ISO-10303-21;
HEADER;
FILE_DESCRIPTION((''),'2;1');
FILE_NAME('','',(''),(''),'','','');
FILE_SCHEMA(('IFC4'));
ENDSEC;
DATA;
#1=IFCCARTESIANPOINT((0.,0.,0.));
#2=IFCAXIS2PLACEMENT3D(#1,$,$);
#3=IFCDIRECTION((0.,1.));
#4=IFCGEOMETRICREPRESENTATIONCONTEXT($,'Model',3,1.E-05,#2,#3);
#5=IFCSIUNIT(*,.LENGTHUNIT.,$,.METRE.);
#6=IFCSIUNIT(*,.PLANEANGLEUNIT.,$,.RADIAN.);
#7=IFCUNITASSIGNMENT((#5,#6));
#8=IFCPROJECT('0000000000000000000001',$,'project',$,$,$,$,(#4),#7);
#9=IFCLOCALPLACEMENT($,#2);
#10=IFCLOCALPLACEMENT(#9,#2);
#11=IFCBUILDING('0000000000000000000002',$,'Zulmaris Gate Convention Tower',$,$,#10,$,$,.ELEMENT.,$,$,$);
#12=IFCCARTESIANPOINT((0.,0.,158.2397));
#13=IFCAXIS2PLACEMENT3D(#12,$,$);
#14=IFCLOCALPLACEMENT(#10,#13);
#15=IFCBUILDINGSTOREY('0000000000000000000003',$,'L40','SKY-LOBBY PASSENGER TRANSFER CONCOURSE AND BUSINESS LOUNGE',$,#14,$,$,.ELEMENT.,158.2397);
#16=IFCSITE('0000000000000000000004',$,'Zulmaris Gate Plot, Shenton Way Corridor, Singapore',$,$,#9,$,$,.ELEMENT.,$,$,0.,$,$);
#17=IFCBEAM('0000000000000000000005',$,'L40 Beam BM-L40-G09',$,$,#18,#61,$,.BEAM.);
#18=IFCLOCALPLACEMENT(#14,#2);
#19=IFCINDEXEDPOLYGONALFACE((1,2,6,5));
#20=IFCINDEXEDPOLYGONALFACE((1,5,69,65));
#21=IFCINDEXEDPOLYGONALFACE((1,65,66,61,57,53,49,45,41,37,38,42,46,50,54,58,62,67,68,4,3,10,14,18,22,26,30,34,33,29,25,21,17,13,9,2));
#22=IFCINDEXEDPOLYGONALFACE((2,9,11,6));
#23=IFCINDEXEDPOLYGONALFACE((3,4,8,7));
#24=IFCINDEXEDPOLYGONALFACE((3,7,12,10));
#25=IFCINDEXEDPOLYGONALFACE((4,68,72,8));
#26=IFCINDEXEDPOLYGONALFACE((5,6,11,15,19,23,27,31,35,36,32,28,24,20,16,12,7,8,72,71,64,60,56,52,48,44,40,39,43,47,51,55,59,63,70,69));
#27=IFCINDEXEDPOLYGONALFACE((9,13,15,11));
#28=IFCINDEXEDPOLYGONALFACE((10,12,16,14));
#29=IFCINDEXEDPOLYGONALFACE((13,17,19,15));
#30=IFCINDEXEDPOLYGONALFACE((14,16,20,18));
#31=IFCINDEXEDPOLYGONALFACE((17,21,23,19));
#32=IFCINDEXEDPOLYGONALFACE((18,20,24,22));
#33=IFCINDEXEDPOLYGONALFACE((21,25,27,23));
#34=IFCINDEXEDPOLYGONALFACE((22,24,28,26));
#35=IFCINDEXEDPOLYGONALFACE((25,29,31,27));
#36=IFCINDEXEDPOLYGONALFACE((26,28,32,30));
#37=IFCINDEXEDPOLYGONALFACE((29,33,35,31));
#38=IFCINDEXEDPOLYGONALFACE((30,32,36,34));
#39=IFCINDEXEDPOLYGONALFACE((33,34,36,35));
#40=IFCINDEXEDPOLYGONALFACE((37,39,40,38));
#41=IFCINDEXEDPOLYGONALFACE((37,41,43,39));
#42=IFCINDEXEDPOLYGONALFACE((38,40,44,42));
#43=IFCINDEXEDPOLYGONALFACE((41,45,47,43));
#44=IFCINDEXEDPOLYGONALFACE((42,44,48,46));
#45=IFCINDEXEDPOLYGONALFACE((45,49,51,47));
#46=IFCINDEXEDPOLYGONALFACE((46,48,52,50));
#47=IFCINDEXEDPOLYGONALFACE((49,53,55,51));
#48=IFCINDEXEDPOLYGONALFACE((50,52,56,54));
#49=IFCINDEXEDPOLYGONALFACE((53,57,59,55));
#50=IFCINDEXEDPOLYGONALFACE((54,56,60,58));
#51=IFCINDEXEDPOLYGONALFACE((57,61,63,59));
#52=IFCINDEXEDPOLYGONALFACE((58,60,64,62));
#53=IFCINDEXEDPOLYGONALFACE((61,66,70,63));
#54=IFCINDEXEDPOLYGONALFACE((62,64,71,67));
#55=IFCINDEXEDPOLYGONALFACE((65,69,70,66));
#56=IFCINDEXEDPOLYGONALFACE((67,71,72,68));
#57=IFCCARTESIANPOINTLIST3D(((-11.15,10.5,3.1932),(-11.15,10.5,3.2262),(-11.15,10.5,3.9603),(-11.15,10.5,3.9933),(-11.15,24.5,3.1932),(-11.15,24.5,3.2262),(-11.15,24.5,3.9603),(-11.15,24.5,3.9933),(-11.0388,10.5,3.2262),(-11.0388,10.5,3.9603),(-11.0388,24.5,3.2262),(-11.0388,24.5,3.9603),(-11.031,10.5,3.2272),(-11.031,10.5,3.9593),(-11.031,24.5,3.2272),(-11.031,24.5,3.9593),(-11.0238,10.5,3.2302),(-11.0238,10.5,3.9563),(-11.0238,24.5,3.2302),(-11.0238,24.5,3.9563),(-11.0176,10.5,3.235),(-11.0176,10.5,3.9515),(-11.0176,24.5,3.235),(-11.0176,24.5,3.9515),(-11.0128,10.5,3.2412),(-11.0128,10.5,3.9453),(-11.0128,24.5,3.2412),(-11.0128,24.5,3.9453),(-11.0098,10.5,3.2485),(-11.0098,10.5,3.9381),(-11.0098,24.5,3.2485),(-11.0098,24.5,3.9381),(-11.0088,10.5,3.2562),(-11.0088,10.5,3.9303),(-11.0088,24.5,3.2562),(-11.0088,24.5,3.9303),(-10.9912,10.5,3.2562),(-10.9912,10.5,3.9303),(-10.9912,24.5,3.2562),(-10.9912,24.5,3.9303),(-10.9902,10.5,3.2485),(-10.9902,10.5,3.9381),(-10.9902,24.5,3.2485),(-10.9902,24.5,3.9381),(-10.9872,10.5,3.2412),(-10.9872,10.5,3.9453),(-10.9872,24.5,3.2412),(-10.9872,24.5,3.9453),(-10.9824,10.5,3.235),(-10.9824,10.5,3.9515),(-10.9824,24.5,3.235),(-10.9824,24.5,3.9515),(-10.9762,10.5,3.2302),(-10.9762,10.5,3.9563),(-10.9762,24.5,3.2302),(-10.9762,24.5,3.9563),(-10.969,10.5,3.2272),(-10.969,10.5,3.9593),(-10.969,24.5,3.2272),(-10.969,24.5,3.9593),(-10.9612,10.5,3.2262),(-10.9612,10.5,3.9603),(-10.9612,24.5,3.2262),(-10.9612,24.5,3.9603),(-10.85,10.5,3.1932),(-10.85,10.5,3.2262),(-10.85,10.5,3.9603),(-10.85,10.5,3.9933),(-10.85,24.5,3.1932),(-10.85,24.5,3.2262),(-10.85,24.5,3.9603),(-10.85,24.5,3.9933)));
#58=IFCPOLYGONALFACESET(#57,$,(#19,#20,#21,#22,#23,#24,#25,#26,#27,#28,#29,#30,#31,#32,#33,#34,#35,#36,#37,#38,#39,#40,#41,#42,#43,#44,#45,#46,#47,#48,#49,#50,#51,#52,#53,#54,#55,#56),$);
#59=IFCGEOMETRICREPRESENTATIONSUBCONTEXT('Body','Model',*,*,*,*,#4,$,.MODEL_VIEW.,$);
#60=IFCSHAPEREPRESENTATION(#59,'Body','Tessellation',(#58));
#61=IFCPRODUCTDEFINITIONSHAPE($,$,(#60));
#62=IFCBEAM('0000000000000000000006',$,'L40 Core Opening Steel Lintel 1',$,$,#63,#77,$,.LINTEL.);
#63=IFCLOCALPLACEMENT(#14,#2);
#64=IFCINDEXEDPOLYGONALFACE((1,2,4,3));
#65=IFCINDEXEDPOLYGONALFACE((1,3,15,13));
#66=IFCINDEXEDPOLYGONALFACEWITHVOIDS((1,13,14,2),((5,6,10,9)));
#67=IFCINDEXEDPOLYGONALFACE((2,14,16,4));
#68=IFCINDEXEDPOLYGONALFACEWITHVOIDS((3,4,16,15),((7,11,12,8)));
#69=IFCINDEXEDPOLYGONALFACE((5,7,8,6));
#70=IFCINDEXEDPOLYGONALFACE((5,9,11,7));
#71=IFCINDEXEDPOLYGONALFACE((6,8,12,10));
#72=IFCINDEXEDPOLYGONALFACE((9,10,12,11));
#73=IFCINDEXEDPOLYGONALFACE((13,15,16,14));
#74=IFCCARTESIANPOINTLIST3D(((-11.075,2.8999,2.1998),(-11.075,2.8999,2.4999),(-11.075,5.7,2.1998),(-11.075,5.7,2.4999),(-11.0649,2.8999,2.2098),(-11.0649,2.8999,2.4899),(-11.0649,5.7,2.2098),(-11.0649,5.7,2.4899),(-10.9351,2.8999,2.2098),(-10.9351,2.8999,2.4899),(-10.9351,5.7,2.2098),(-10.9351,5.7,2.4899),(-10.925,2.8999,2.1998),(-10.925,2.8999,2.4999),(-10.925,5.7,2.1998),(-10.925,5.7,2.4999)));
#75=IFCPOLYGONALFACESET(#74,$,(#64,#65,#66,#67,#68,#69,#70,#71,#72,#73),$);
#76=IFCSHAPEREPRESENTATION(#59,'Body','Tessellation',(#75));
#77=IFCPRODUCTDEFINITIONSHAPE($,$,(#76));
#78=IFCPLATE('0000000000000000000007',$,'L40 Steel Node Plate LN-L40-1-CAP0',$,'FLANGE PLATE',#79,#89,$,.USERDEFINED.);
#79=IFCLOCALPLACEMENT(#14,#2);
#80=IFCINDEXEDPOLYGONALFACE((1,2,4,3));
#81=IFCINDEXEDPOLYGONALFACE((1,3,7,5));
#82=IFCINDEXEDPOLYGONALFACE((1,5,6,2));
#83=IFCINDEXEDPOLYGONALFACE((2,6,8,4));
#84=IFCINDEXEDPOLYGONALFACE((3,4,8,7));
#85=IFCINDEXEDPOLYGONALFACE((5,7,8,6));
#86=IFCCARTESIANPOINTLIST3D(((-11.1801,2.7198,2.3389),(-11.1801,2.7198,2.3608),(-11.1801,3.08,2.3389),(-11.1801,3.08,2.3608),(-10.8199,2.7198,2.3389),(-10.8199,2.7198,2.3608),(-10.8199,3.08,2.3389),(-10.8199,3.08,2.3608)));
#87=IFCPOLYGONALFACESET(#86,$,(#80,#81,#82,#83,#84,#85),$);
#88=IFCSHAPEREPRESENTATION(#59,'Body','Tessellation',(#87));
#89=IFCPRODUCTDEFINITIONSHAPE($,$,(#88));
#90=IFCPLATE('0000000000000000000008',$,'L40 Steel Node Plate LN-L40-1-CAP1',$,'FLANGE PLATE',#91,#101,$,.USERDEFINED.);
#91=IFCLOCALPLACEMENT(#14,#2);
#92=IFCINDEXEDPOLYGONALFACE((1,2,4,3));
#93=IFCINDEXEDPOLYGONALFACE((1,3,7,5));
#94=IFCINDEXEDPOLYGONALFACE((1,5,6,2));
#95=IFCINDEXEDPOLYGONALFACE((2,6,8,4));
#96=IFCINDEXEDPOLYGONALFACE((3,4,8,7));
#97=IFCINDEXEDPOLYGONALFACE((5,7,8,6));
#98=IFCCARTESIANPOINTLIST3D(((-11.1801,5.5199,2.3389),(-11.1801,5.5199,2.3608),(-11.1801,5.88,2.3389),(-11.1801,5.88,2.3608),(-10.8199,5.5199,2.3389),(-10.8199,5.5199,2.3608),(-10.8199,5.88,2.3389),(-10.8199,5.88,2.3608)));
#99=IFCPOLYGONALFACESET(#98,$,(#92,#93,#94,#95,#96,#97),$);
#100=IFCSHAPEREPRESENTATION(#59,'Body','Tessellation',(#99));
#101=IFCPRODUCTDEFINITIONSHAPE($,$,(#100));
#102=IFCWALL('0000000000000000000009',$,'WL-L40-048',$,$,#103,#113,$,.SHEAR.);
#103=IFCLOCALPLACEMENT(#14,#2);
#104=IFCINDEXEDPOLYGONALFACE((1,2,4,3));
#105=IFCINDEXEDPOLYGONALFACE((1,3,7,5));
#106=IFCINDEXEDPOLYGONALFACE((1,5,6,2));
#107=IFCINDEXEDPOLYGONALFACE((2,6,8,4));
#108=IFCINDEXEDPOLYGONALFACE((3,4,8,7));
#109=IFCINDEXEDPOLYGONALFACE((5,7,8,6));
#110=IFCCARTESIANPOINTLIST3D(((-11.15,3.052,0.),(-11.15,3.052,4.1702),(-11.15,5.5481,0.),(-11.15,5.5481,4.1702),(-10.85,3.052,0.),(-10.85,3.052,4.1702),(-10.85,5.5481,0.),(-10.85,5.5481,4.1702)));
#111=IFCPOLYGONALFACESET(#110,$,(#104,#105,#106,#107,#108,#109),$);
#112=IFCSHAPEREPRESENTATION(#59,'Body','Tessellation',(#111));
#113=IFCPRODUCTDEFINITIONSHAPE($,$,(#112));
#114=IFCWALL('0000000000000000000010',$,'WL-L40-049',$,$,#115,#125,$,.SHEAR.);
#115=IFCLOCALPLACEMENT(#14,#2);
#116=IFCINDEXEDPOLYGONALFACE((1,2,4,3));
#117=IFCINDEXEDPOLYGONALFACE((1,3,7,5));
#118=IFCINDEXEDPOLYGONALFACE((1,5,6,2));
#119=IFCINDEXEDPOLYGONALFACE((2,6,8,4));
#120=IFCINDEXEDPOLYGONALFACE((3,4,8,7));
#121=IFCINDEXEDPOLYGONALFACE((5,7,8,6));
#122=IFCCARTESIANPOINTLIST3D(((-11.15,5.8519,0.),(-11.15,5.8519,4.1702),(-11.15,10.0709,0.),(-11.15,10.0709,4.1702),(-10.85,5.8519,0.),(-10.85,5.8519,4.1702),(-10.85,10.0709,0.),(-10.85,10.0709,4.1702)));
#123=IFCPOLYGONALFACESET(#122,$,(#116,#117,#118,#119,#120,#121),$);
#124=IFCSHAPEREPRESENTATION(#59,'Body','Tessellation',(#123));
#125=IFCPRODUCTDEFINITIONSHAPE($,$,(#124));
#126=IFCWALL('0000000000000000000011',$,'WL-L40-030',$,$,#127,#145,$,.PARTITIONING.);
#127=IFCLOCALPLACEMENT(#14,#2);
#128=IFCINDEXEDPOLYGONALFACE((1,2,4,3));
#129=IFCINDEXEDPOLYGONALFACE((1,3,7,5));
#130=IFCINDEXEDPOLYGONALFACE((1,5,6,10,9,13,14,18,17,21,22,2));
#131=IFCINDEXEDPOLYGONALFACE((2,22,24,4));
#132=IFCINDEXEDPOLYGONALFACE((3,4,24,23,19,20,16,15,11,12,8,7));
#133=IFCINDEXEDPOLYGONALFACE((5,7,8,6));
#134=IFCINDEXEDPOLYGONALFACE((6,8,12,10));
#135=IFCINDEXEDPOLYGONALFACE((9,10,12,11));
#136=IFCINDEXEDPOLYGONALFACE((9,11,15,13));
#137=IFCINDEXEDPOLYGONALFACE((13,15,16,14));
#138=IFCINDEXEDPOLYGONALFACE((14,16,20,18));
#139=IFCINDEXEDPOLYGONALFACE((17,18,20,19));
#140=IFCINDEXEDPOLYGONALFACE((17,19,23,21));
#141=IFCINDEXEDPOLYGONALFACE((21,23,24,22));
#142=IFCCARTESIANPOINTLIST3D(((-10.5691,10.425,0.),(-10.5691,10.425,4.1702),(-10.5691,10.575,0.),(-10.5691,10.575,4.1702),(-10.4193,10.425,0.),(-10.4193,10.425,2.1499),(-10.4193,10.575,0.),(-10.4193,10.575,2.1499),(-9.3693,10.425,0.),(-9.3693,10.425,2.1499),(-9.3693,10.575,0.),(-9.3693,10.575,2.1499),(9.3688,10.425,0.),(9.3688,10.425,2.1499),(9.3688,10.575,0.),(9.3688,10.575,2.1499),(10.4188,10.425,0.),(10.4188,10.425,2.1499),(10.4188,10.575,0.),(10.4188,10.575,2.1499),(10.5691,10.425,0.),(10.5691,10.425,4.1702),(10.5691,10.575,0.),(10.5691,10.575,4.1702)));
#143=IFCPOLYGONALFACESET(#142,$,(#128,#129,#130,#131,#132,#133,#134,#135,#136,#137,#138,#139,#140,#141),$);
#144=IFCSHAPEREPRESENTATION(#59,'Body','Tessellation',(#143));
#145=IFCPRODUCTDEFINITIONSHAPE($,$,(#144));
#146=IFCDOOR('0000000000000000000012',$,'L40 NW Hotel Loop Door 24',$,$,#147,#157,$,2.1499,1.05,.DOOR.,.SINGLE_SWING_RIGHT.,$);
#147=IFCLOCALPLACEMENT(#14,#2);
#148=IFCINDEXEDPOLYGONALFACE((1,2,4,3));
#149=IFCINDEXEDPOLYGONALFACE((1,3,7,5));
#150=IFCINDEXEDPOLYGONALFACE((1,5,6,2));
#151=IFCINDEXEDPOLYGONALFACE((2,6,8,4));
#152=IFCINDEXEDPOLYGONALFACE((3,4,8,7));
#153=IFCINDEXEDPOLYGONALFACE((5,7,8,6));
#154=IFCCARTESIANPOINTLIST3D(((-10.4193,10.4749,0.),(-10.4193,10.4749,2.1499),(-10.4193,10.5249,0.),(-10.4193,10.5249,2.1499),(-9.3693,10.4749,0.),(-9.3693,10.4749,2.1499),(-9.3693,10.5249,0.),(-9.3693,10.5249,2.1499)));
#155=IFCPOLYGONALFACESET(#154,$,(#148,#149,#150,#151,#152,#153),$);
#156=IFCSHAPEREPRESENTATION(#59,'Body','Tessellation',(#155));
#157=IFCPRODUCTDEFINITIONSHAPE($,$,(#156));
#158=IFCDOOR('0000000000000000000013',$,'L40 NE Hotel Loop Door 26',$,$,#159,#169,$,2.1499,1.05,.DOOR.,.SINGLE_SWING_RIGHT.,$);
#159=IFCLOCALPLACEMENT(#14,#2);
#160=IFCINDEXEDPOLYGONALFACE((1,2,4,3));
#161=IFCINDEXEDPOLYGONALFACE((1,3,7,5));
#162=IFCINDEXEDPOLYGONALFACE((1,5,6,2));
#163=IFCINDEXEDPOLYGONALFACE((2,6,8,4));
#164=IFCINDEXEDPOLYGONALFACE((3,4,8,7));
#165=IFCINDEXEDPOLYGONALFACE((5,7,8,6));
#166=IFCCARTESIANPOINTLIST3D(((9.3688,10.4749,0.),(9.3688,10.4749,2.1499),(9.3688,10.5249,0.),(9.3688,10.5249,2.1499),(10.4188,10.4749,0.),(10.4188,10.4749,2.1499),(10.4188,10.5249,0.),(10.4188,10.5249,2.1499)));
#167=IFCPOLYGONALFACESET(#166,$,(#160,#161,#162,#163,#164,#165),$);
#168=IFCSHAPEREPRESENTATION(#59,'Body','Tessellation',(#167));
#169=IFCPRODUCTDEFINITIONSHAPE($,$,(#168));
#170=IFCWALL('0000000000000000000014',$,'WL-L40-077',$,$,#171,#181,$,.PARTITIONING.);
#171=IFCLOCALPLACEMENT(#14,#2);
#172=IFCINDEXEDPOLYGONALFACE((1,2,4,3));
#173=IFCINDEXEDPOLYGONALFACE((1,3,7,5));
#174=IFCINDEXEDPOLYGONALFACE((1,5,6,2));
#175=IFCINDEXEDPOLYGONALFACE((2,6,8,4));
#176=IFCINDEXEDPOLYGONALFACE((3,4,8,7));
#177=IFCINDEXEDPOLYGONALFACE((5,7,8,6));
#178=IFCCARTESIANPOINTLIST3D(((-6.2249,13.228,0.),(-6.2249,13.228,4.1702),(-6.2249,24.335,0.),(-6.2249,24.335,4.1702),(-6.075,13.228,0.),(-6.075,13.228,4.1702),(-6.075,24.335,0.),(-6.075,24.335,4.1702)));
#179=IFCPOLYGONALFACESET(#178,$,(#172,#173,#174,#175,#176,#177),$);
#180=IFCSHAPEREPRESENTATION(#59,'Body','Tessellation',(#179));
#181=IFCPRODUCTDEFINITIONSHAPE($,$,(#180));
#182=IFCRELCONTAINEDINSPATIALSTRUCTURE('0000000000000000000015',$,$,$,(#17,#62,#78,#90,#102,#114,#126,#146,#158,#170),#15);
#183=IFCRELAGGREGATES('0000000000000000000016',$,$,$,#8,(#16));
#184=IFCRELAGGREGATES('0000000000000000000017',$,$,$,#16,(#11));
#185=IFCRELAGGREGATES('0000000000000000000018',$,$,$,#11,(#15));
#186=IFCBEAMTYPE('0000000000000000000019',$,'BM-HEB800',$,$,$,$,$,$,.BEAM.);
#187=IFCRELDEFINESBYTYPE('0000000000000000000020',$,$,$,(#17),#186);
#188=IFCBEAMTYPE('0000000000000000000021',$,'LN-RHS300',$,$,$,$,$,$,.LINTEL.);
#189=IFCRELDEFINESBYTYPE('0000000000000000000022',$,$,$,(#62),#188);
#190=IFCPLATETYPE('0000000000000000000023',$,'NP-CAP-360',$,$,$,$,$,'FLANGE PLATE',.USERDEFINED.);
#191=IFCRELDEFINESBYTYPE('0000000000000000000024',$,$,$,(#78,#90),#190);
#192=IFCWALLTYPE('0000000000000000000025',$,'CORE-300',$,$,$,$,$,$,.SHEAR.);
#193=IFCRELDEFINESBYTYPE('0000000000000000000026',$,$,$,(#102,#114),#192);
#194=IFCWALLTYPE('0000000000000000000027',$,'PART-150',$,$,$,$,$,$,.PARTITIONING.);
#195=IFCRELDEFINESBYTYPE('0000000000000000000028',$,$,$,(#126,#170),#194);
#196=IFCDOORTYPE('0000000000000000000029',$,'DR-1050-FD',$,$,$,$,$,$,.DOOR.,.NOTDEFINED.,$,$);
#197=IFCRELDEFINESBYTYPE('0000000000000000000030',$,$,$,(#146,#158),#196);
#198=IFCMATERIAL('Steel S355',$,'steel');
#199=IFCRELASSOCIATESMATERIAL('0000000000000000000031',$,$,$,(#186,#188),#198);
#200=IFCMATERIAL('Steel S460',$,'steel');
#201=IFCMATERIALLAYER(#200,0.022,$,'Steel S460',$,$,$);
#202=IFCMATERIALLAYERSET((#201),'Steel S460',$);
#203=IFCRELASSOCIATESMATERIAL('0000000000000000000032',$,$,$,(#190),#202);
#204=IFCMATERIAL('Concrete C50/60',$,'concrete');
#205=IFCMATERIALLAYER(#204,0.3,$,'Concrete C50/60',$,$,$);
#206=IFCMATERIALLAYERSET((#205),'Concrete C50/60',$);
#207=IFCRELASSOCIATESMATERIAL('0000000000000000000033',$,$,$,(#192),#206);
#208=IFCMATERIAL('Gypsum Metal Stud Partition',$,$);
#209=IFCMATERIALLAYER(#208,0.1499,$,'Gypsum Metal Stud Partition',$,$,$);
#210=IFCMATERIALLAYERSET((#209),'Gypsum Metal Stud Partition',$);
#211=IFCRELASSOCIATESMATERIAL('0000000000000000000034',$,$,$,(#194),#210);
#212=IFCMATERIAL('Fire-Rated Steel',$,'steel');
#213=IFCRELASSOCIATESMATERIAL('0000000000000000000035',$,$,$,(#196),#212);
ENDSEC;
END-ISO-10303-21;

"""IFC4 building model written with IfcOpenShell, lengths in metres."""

from ifc_helpers import new_model, si_unit, direction, frame, frame_2d, origin, origin_2d, place, context, subcontext, project, spatial, rectangle, hollow_rectangle, i_section, extrude, material, layer, layer_set, material_profile, profile_set, type_object, element, fill, save


model = new_model("IFC4")

# Units and contexts
model_context = context("Model", 3, precision=1e-05, world=origin(), true_north=direction((0.0, 1.0)))
body_context = subcontext(model_context, "Body", "Model", "MODEL_VIEW")
ifc_project = project(units=[si_unit("LENGTHUNIT", "METRE"), si_unit("PLANEANGLEUNIT", "RADIAN")], contexts=[model_context])

# Site, building, storey
site_placement = place(None, origin())
site = spatial("IfcSite", under=ifc_project, at=site_placement, Name="Zulmaris Gate Plot, Shenton Way Corridor, Singapore", CompositionType="ELEMENT", RefElevation=0.0)
building_placement = place(site_placement, origin())
building = spatial("IfcBuilding", under=site, at=building_placement, Name="Zulmaris Gate Convention Tower", CompositionType="ELEMENT")
storey_placement = place(building_placement, frame((0.0, 0.0, 158.2397)))
storey = spatial("IfcBuildingStorey", under=building, at=storey_placement, Name="L40", Description="SKY-LOBBY PASSENGER TRANSFER CONCOURSE AND BUSINESS LOUNGE", CompositionType="ELEMENT", Elevation=158.2397)

# Beams
ifc_material_1 = material(Name="Steel S355", Category="steel")
ifc_material_profile_1 = material_profile(ifc_material_1, i_section(OverallWidth=0.3, OverallDepth=0.8, WebThickness=0.0176, FlangeThickness=0.033, FilletRadius=0.03, at=origin_2d()), Name="HEB 800")
ifc_profile_set_1 = profile_set([ifc_material_profile_1], Name="Steel S355")
beam_type_1 = type_object("IfcBeamType", Name="BM-HEB800", PredefinedType="BEAM", material=ifc_profile_set_1)
beam_1_placement = place(storey_placement, frame((-11.0, 10.5, 3.5933), z_axis=(0.0, 1.0, 0.0), x_axis=(-1.0, 0.0, 0.0)))
element("IfcBeam", 1, at=beam_1_placement, inside=storey, type_object=beam_type_1, Name="L40 Beam BM-L40-G09", PredefinedType="BEAM", context=body_context, shape_type="SweptSolid", body=[
    extrude(i_section(OverallWidth=0.3, OverallDepth=0.8, WebThickness=0.0176, FlangeThickness=0.033, FilletRadius=0.03, at=origin_2d()), origin(), (0.0, 0.0, 1.0), 14.0),
])
ifc_material_profile_2 = material_profile(ifc_material_1, hollow_rectangle(XDim=0.1499, YDim=0.3, WallThickness=0.01, at=origin_2d()), Name="RHS 300x150x10")
ifc_profile_set_2 = profile_set([ifc_material_profile_2], Name="Steel S355")
beam_type_2 = type_object("IfcBeamType", Name="LN-RHS300", PredefinedType="LINTEL", material=ifc_profile_set_2)
beam_2_placement = place(storey_placement, frame((-11.0, 2.8999, 2.3499), z_axis=(0.0, 1.0, 0.0), x_axis=(-1.0, 0.0, 0.0)))
element("IfcBeam", 2, at=beam_2_placement, inside=storey, type_object=beam_type_2, Name="L40 Core Opening Steel Lintel 1", PredefinedType="LINTEL", context=body_context, shape_type="SweptSolid", body=[
    extrude(hollow_rectangle(XDim=0.1499, YDim=0.3, WallThickness=0.01, at=origin_2d()), origin(), (0.0, 0.0, 1.0), 2.8),
])

# Plates
ifc_material_2 = material(Name="Steel S460", Category="steel")
ifc_layer_1 = layer(ifc_material_2, 0.022, Name="Steel S460")
ifc_layer_set_1 = layer_set([ifc_layer_1], Name="Steel S460")
plate_type = type_object("IfcPlateType", Name="NP-CAP-360", ElementType="FLANGE PLATE", PredefinedType="USERDEFINED", material=ifc_layer_set_1)
for number, where, z_axis, x_axis, name in (
    (3, (-11.0, 2.8999, 2.3389), (0.0, 0.0, 1.0), (1.0, 0.0, 0.0), "L40 Steel Node Plate LN-L40-1-CAP0"),
    (4, (-11.0, 5.7, 2.3389), (0.0, 0.0, 1.0), (1.0, 0.0, 0.0), "L40 Steel Node Plate LN-L40-1-CAP1"),
):
    element("IfcPlate", number, at=place(storey_placement, frame(where, z_axis=z_axis, x_axis=x_axis)), inside=storey, type_object=plate_type, Name=name, ObjectType="FLANGE PLATE", PredefinedType="USERDEFINED", context=body_context, shape_type="SweptSolid", body=[
        extrude(rectangle(XDim=0.3601, YDim=0.3601, at=origin_2d()), origin(), (0.0, 0.0, 1.0), 0.022),
    ])

# Shared definitions
ifc_material_3 = material(Name="Concrete C50/60", Category="concrete")
ifc_layer_2 = layer(ifc_material_3, 0.3, Name="Concrete C50/60")
ifc_layer_set_2 = layer_set([ifc_layer_2], Name="Concrete C50/60")
wall_type_1 = type_object("IfcWallType", Name="CORE-300", PredefinedType="SHEAR", material=ifc_layer_set_2)
ifc_material_4 = material(Name="Fire-Rated Steel", Category="steel")

# Walls
wall_1_placement = place(storey_placement, frame((-11.0, 3.052, 0.0), z_axis=(0.0, 0.0, 1.0), x_axis=(0.0, 1.0, 0.0)))
element("IfcWall", 5, at=wall_1_placement, inside=storey, type_object=wall_type_1, Name="WL-L40-048", PredefinedType="SHEAR", context=body_context, shape_type="SweptSolid", body=[
    extrude(rectangle(XDim=2.4961, YDim=0.3, at=frame_2d((1.248, 0.0))), origin(), (0.0, 0.0, 1.0), 4.1702),
])
wall_2_placement = place(storey_placement, frame((-11.0, 5.8521, 0.0), z_axis=(0.0, 0.0, 1.0), x_axis=(0.0, 1.0, 0.0)))
element("IfcWall", 6, at=wall_2_placement, inside=storey, type_object=wall_type_1, Name="WL-L40-049", PredefinedType="SHEAR", context=body_context, shape_type="SweptSolid", body=[
    extrude(rectangle(XDim=4.219, YDim=0.3, at=frame_2d((2.1094, 0.0))), origin(), (0.0, 0.0, 1.0), 4.1702),
])

# Wall, openings, doors
ifc_material_5 = material(Name="Gypsum Metal Stud Partition")
ifc_layer_3 = layer(ifc_material_5, 0.1499, Name="Gypsum Metal Stud Partition")
ifc_layer_set_3 = layer_set([ifc_layer_3], Name="Gypsum Metal Stud Partition")
wall_type_2 = type_object("IfcWallType", Name="PART-150", PredefinedType="PARTITIONING", material=ifc_layer_set_3)
wall_3_placement = place(storey_placement, frame((-10.5691, 10.5, 0.0), z_axis=(0.0, 0.0, 1.0), x_axis=(1.0, 0.0, 0.0)))
wall_3 = element("IfcWall", 7, at=wall_3_placement, inside=storey, type_object=wall_type_2, Name="WL-L40-030", PredefinedType="PARTITIONING", context=body_context, shape_type="SweptSolid", body=[
    extrude(rectangle(XDim=21.1382, YDim=0.1499, at=frame_2d((10.5691, 0.0))), origin(), (0.0, 0.0, 1.0), 4.1702),
])
opening_1_placement = place(wall_3_placement, frame((0.1499, 0.0, 0.0)))
opening_1 = element("IfcOpeningElement", 8, at=opening_1_placement, cuts=wall_3, PredefinedType="OPENING", context=body_context, shape_type="SweptSolid", body=[
    extrude(rectangle(XDim=1.05, YDim=2.1499, at=frame_2d((0.5249, 1.075))), frame((0.0, 0.085, 0.0), z_axis=(0.0, -1.0, 0.0), x_axis=(1.0, 0.0, 0.0)), (0.0, 0.0, 1.0), 0.1699),
])
opening_2_placement = place(wall_3_placement, frame((19.938, 0.0, 0.0)))
opening_2 = element("IfcOpeningElement", 9, at=opening_2_placement, cuts=wall_3, PredefinedType="OPENING", context=body_context, shape_type="SweptSolid", body=[
    extrude(rectangle(XDim=1.05, YDim=2.1499, at=frame_2d((0.5249, 1.075))), frame((0.0, 0.085, 0.0), z_axis=(0.0, -1.0, 0.0), x_axis=(1.0, 0.0, 0.0)), (0.0, 0.0, 1.0), 0.1699),
])
door_type_1 = type_object("IfcDoorType", Name="DR-1050-FD", OperationType="NOTDEFINED", PredefinedType="DOOR", material=ifc_material_4)
door_1_placement = place(opening_1_placement, origin())
door_1 = element("IfcDoor", 10, at=door_1_placement, inside=storey, type_object=door_type_1, Name="L40 NW Hotel Loop Door 24", OperationType="SINGLE_SWING_RIGHT", OverallHeight=2.1499, OverallWidth=1.05, PredefinedType="DOOR", context=body_context, shape_type="SweptSolid", body=[
    extrude(rectangle(XDim=1.05, YDim=2.1499, at=frame_2d((0.5249, 1.075))), frame((0.0, 0.0249, 0.0), z_axis=(0.0, -1.0, 0.0), x_axis=(1.0, 0.0, 0.0)), (0.0, 0.0, 1.0), 0.05),
])
fill(opening_1, door_1)
door_2_placement = place(opening_2_placement, origin())
door_2 = element("IfcDoor", 11, at=door_2_placement, inside=storey, type_object=door_type_1, Name="L40 NE Hotel Loop Door 26", OperationType="SINGLE_SWING_RIGHT", OverallHeight=2.1499, OverallWidth=1.05, PredefinedType="DOOR", context=body_context, shape_type="SweptSolid", body=[
    extrude(rectangle(XDim=1.05, YDim=2.1499, at=frame_2d((0.5249, 1.075))), frame((0.0, 0.0249, 0.0), z_axis=(0.0, -1.0, 0.0), x_axis=(1.0, 0.0, 0.0)), (0.0, 0.0, 1.0), 0.05),
])
fill(opening_2, door_2)

# Wall
wall_4_placement = place(storey_placement, frame((-6.1499, 13.228, 0.0), z_axis=(0.0, 0.0, 1.0), x_axis=(0.0, 1.0, 0.0)))
element("IfcWall", 12, at=wall_4_placement, inside=storey, type_object=wall_type_2, Name="WL-L40-077", PredefinedType="PARTITIONING", context=body_context, shape_type="SweptSolid", body=[
    extrude(rectangle(XDim=11.1069, YDim=0.1499, at=frame_2d((5.5535, 0.0))), origin(), (0.0, 0.0, 1.0), 4.1702),
])

save(model, "model.ifc")
